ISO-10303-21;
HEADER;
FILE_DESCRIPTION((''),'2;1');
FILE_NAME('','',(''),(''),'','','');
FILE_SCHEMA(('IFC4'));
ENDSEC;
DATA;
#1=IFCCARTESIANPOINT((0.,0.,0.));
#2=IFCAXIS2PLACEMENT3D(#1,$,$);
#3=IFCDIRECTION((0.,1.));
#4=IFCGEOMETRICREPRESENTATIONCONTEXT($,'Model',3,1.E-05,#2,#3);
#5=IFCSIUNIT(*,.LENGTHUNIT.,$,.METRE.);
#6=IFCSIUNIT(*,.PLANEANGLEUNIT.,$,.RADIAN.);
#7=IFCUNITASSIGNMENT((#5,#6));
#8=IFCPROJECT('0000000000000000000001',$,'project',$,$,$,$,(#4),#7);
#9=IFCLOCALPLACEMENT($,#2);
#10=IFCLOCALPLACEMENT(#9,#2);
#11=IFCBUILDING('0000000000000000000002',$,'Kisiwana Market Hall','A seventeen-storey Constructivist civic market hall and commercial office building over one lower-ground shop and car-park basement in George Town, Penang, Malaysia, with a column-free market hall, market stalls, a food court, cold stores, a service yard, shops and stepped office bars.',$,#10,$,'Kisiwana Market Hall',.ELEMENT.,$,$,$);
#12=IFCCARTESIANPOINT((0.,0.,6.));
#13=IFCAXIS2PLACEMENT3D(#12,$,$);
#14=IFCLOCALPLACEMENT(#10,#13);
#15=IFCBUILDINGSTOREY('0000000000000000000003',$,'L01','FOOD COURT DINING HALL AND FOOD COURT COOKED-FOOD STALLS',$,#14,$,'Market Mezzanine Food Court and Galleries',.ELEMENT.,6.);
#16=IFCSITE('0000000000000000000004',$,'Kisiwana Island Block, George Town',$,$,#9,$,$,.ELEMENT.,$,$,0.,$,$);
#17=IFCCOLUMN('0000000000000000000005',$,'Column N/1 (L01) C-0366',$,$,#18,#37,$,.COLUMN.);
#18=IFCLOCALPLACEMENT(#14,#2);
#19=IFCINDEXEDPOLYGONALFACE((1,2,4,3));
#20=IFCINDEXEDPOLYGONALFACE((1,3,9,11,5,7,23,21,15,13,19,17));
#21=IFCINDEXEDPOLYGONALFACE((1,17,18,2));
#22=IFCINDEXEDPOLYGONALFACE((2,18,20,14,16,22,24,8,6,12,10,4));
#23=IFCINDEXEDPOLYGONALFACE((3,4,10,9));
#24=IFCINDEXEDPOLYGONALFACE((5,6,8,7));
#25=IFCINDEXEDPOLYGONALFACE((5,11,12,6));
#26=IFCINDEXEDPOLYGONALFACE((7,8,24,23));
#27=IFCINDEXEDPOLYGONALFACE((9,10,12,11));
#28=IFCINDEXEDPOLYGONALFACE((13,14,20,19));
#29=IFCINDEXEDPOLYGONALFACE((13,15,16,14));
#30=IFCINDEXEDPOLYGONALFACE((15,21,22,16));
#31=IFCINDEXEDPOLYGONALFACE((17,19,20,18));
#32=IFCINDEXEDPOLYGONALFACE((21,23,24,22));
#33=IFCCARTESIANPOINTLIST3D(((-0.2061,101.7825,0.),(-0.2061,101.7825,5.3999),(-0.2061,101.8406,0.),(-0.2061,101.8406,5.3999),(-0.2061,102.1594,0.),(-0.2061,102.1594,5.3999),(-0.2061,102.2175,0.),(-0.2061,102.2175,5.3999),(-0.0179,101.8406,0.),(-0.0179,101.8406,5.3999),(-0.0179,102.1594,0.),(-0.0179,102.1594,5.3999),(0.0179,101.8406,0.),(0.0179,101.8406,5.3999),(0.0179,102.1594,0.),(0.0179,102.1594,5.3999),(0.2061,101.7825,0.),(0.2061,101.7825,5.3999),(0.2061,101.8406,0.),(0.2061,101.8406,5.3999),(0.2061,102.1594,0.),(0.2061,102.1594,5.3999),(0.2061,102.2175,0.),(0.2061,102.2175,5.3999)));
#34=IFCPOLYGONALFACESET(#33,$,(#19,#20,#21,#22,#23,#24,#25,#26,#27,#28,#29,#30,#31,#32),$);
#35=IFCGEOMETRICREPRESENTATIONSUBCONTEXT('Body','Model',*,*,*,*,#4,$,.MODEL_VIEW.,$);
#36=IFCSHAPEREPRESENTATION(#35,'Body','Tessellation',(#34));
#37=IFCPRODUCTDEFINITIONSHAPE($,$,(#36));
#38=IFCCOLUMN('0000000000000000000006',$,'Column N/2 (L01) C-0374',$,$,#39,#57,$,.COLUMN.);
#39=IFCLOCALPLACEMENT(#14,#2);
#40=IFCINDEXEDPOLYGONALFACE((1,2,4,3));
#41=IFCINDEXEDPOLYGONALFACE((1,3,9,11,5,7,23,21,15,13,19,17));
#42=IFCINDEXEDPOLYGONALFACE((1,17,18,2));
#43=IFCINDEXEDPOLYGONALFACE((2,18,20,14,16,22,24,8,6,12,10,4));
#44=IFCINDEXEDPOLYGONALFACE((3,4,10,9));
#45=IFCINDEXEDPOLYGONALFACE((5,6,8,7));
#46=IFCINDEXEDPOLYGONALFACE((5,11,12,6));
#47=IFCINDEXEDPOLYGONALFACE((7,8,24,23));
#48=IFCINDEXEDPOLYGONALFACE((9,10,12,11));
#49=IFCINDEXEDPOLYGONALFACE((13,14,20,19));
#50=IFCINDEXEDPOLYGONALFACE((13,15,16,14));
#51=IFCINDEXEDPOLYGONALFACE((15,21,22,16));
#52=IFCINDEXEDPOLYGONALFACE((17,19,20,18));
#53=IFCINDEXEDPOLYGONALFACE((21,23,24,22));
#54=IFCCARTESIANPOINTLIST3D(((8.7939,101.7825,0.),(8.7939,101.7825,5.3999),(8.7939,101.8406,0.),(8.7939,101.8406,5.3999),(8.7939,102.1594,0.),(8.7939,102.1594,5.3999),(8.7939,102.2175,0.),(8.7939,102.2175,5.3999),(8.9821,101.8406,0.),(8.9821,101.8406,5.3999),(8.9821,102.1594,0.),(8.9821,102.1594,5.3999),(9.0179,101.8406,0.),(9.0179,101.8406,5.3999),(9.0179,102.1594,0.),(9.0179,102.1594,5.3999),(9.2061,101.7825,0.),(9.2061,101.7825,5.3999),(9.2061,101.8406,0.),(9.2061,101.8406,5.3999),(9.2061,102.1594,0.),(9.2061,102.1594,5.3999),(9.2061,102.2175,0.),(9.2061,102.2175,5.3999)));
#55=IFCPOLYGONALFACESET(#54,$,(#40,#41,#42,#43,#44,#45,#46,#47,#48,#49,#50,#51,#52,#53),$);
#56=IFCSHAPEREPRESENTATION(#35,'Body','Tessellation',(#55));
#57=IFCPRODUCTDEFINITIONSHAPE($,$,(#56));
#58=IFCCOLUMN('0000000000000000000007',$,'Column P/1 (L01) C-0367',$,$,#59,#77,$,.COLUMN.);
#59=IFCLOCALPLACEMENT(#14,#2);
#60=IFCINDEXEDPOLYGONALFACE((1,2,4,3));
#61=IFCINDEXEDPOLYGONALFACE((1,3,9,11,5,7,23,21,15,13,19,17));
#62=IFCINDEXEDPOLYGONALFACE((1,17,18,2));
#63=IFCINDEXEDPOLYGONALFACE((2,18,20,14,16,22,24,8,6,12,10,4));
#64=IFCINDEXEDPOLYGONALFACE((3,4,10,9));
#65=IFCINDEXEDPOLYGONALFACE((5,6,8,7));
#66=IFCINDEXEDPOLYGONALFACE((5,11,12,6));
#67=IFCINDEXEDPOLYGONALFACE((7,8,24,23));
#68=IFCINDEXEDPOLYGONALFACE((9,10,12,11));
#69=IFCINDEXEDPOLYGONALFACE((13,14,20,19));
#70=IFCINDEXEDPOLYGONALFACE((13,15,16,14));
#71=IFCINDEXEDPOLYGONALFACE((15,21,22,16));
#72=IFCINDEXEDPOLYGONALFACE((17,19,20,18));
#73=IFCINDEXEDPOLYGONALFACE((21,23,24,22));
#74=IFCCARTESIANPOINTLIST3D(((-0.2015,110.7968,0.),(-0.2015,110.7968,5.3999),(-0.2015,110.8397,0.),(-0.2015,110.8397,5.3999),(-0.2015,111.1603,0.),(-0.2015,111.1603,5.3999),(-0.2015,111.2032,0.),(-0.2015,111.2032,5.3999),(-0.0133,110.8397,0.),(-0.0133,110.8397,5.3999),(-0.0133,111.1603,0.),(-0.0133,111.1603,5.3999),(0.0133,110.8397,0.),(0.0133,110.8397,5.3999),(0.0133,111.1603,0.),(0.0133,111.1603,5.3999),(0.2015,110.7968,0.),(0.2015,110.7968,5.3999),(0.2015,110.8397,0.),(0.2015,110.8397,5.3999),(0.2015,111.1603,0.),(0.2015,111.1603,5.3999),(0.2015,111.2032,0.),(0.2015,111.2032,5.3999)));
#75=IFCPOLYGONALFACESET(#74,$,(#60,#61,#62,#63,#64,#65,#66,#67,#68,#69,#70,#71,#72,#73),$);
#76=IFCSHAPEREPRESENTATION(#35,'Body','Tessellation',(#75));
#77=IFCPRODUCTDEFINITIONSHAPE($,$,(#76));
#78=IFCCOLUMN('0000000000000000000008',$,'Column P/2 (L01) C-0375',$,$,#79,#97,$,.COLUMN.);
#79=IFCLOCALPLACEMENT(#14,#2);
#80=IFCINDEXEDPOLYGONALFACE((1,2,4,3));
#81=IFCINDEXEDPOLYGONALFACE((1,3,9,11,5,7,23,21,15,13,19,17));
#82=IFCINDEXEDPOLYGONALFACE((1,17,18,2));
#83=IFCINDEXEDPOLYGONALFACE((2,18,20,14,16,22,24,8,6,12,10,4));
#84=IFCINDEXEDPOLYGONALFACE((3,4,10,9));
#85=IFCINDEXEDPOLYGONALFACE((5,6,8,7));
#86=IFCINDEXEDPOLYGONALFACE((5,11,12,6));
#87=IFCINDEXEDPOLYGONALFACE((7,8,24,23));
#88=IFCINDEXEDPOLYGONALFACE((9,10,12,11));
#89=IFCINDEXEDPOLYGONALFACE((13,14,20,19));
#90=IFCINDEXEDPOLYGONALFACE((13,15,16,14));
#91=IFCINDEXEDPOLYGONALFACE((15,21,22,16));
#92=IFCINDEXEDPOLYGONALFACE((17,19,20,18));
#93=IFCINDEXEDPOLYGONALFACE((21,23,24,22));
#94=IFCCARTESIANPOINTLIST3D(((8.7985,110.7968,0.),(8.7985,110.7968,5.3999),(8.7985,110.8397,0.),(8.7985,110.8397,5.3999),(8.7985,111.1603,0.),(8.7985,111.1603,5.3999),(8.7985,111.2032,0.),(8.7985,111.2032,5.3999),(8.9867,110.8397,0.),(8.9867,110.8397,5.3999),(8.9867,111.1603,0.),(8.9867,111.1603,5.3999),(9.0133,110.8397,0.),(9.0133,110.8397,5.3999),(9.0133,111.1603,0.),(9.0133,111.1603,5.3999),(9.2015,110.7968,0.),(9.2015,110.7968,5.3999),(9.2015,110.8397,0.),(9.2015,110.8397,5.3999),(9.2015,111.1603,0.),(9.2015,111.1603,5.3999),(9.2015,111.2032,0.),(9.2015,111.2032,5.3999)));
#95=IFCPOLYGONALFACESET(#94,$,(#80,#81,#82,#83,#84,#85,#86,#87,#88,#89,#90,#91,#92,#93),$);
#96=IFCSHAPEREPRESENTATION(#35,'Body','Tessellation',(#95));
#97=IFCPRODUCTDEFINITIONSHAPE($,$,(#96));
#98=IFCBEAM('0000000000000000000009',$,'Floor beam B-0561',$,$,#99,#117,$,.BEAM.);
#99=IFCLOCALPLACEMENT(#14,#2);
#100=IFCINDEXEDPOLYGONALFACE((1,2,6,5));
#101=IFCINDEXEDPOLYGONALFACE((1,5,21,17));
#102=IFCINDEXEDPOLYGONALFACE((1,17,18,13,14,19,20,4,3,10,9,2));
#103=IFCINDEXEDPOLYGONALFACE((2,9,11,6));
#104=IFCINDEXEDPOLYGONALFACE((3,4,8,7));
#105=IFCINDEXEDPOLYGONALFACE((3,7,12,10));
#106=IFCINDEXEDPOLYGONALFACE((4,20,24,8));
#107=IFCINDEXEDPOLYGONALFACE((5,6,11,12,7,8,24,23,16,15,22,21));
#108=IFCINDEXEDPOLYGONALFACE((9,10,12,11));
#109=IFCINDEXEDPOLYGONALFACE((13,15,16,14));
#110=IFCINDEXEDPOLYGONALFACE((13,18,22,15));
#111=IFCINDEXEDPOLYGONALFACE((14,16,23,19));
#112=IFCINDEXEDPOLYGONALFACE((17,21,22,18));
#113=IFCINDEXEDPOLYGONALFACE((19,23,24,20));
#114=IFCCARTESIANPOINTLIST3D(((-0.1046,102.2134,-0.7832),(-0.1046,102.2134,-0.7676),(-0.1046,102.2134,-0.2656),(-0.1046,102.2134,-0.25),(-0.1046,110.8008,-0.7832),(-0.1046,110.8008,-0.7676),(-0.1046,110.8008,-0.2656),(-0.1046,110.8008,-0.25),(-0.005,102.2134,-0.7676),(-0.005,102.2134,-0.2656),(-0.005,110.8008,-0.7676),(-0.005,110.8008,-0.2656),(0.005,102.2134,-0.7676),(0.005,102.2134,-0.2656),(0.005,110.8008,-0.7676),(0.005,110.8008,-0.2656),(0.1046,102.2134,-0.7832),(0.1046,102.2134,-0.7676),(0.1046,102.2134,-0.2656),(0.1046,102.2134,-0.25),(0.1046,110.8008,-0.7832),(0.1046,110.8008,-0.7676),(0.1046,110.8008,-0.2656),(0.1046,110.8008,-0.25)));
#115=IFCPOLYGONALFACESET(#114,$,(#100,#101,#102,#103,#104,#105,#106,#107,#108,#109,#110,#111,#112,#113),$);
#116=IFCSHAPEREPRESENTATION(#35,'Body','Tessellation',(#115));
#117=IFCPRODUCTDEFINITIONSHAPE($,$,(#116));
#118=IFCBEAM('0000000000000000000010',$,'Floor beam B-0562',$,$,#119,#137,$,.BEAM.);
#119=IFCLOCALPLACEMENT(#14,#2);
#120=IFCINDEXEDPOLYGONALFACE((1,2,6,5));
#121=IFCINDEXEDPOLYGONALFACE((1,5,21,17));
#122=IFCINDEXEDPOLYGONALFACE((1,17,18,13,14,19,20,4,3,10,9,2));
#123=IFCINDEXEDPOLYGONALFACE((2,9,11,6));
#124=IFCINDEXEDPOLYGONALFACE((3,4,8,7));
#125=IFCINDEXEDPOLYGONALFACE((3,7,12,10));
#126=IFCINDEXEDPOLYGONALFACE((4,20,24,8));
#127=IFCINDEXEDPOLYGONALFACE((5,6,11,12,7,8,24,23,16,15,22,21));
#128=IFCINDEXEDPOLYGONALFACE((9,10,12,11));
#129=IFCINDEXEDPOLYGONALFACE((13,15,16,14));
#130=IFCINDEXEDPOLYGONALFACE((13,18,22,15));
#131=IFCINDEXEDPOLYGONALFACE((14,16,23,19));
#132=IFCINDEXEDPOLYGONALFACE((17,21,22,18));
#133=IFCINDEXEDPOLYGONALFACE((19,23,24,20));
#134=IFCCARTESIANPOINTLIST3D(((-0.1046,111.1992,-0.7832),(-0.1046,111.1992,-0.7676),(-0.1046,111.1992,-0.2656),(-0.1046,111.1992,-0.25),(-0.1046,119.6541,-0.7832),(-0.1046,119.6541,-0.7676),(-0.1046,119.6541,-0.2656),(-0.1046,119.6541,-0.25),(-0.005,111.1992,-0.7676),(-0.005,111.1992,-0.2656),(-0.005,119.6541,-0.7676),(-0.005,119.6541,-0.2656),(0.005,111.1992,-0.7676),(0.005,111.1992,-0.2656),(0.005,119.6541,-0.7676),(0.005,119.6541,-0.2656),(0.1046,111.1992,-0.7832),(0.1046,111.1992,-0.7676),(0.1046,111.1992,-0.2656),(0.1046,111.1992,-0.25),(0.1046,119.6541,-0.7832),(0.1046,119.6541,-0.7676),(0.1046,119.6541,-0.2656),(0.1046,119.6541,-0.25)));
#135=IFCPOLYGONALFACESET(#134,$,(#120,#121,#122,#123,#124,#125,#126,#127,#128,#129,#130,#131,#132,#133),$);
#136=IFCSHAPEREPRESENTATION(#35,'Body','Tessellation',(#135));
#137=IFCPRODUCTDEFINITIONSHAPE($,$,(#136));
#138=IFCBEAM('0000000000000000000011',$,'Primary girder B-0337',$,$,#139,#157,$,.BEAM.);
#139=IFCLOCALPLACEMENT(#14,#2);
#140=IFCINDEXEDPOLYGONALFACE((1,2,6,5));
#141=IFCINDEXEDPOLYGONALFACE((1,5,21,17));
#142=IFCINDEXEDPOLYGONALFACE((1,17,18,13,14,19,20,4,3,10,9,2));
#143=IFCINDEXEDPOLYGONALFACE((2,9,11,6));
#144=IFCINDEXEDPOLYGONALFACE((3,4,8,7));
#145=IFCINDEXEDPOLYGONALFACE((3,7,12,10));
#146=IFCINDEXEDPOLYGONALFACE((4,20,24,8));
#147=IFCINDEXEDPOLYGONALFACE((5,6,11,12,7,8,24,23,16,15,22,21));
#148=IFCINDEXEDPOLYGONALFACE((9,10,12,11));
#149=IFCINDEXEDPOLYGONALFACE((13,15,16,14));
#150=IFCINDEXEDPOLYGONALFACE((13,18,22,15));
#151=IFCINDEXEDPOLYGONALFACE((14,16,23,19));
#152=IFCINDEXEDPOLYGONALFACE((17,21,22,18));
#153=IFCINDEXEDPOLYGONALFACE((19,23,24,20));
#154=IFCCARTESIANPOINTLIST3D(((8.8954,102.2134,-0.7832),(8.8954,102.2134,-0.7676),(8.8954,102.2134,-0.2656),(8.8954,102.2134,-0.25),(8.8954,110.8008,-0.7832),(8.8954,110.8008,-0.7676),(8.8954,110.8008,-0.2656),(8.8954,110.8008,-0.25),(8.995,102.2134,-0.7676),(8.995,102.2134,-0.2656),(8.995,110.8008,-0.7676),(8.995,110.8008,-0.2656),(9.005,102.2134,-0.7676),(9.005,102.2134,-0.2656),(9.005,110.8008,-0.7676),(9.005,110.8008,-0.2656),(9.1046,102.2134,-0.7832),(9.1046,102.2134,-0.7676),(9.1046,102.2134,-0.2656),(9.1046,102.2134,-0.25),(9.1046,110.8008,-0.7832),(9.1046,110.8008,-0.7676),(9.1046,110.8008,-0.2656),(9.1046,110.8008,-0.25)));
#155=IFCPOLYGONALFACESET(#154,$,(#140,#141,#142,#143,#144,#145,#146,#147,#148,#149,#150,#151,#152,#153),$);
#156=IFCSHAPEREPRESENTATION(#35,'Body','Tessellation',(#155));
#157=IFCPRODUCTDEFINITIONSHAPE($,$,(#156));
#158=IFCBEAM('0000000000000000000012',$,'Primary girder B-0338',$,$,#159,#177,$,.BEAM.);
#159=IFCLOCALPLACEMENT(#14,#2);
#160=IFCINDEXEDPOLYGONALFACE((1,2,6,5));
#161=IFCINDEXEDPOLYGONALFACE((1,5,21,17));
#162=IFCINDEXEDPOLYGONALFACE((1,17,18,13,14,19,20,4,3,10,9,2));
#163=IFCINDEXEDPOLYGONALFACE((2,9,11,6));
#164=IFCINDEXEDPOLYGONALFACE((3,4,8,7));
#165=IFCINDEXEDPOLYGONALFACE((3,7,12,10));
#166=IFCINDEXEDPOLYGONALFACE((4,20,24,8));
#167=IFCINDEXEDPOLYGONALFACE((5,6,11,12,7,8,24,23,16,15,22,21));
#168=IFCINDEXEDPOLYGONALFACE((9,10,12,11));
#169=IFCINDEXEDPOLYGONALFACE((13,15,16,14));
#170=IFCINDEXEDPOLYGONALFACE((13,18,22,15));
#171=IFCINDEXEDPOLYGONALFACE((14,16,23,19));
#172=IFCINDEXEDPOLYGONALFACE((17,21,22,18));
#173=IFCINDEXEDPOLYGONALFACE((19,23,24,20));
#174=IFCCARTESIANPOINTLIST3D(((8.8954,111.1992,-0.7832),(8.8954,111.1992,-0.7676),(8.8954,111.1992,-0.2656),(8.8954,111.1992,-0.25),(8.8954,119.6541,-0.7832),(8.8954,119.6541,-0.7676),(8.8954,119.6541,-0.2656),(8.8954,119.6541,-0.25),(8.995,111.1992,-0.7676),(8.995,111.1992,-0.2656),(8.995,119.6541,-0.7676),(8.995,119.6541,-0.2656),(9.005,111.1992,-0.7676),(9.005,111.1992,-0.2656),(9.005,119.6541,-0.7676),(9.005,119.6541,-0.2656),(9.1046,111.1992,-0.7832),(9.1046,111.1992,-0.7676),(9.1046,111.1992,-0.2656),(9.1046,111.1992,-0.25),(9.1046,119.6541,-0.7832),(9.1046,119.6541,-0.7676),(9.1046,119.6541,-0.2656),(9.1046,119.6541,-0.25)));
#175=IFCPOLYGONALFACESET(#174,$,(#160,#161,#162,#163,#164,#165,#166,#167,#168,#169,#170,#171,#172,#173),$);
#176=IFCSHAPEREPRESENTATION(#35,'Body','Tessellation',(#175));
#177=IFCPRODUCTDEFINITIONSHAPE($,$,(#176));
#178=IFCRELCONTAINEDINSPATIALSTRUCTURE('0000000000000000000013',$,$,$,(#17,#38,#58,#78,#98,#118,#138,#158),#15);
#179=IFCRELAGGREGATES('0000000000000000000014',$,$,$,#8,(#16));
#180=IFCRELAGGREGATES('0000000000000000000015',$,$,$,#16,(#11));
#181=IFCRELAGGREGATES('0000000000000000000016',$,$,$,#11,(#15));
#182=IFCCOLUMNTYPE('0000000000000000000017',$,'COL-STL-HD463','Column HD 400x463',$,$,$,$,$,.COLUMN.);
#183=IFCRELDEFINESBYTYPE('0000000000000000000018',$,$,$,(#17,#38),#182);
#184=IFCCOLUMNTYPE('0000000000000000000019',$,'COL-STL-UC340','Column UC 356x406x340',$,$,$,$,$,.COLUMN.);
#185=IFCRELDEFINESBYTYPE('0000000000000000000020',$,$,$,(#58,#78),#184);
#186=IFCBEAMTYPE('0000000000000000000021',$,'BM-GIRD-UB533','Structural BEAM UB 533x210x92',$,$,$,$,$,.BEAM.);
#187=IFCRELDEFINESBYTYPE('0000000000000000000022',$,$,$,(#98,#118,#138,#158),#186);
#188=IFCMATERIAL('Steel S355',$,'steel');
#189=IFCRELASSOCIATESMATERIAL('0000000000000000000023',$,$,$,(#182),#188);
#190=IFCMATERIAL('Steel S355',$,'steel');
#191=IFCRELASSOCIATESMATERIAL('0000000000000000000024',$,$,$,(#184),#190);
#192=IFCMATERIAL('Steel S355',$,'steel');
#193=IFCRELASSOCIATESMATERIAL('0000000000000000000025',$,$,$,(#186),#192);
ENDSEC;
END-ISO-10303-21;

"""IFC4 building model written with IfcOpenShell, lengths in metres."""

from ifc_helpers import new_model, si_unit, direction, frame, origin, origin_2d, place, context, subcontext, project, spatial, i_section, extrude, material, material_profile, profile_set, type_object, element, save


model = new_model("IFC4")

# Units and contexts
model_context = context("Model", 3, precision=1e-05, world=origin(), true_north=direction((0.0, 1.0)))
body_context = subcontext(model_context, "Body", "Model", "MODEL_VIEW")
ifc_project = project(units=[si_unit("LENGTHUNIT", "METRE"), si_unit("PLANEANGLEUNIT", "RADIAN")], contexts=[model_context])

# Site, building, storey
site_placement = place(None, origin())
site = spatial("IfcSite", under=ifc_project, at=site_placement, Name="Kisiwana Island Block, George Town", CompositionType="ELEMENT", RefElevation=0.0)
building_placement = place(site_placement, origin())
building = spatial("IfcBuilding", under=site, at=building_placement, Name="Kisiwana Market Hall", Description="A seventeen-storey Constructivist civic market hall and commercial office building over one lower-ground shop and car-park basement in George Town, Penang, Malaysia, with a column-free market hall, market stalls, a food court, cold stores, a service yard, shops and stepped office bars.", LongName="Kisiwana Market Hall", CompositionType="ELEMENT")
storey_placement = place(building_placement, frame((0.0, 0.0, 6.0)))
storey = spatial("IfcBuildingStorey", under=building, at=storey_placement, Name="L01", Description="FOOD COURT DINING HALL AND FOOD COURT COOKED-FOOD STALLS", LongName="Market Mezzanine Food Court and Galleries", CompositionType="ELEMENT", Elevation=6.0)

# Columns
ifc_material_1 = material(Name="Steel S355", Category="steel")
ifc_material_profile_1 = material_profile(ifc_material_1, i_section(OverallWidth=0.4121, OverallDepth=0.4351, WebThickness=0.0359, FlangeThickness=0.0581, at=origin_2d()), Name="HD 400x463")
ifc_profile_set_1 = profile_set([ifc_material_profile_1], Name="Steel S355")
column_type_1 = type_object("IfcColumnType", Name="COL-STL-HD463", Description="Column HD 400x463", PredefinedType="COLUMN", material=ifc_profile_set_1)
for number, where, z_axis, x_axis, name in (
    (1, (0.0, 102.0, 0.0), (0.0, 0.0, 1.0), (1.0, 0.0, 0.0), "Column N/1 (L01) C-0366"),
    (2, (9.0, 102.0, 0.0), (0.0, 0.0, 1.0), (1.0, 0.0, 0.0), "Column N/2 (L01) C-0374"),
):
    element("IfcColumn", number, at=place(storey_placement, frame(where, z_axis=z_axis, x_axis=x_axis)), inside=storey, type_object=column_type_1, Name=name, PredefinedType="COLUMN", context=body_context, shape_type="SweptSolid", body=[
        extrude(i_section(OverallWidth=0.4121, OverallDepth=0.4351, WebThickness=0.0359, FlangeThickness=0.0581, at=origin_2d()), origin(), (0.0, 0.0, 1.0), 5.3999),
    ])
ifc_material_2 = material(Name="Steel S355", Category="steel")
ifc_material_profile_2 = material_profile(ifc_material_2, i_section(OverallWidth=0.4031, OverallDepth=0.4065, WebThickness=0.0266, FlangeThickness=0.043, at=origin_2d()), Name="UC 356x406x340")
ifc_profile_set_2 = profile_set([ifc_material_profile_2], Name="Steel S355")
column_type_2 = type_object("IfcColumnType", Name="COL-STL-UC340", Description="Column UC 356x406x340", PredefinedType="COLUMN", material=ifc_profile_set_2)
for number, where, z_axis, x_axis, name in (
    (3, (0.0, 111.0, 0.0), (0.0, 0.0, 1.0), (1.0, 0.0, 0.0), "Column P/1 (L01) C-0367"),
    (4, (9.0, 111.0, 0.0), (0.0, 0.0, 1.0), (1.0, 0.0, 0.0), "Column P/2 (L01) C-0375"),
):
    element("IfcColumn", number, at=place(storey_placement, frame(where, z_axis=z_axis, x_axis=x_axis)), inside=storey, type_object=column_type_2, Name=name, PredefinedType="COLUMN", context=body_context, shape_type="SweptSolid", body=[
        extrude(i_section(OverallWidth=0.4031, OverallDepth=0.4065, WebThickness=0.0266, FlangeThickness=0.043, at=origin_2d()), origin(), (0.0, 0.0, 1.0), 5.3999),
    ])

# Beams
ifc_material_3 = material(Name="Steel S355", Category="steel")
ifc_material_profile_3 = material_profile(ifc_material_3, i_section(OverallWidth=0.2092, OverallDepth=0.5332, WebThickness=0.01, FlangeThickness=0.0156, at=origin_2d()), Name="UB 533x210x92")
ifc_profile_set_3 = profile_set([ifc_material_profile_3], Name="Steel S355")
beam_type_1 = type_object("IfcBeamType", Name="BM-GIRD-UB533", Description="Structural BEAM UB 533x210x92", PredefinedType="BEAM", material=ifc_profile_set_3)
beam_1_placement = place(storey_placement, frame((0.0, 102.2134, -0.5166), z_axis=(0.0, 1.0, 0.0), x_axis=(-1.0, 0.0, 0.0)))
element("IfcBeam", 5, at=beam_1_placement, inside=storey, type_object=beam_type_1, Name="Floor beam B-0561", PredefinedType="BEAM", context=body_context, shape_type="SweptSolid", body=[
    extrude(i_section(OverallWidth=0.2092, OverallDepth=0.5332, WebThickness=0.01, FlangeThickness=0.0156, at=origin_2d()), origin(), (0.0, 0.0, 1.0), 8.5874),
])
beam_2_placement = place(storey_placement, frame((0.0, 111.1992, -0.5166), z_axis=(0.0, 1.0, 0.0), x_axis=(-1.0, 0.0, 0.0)))
element("IfcBeam", 6, at=beam_2_placement, inside=storey, type_object=beam_type_1, Name="Floor beam B-0562", PredefinedType="BEAM", context=body_context, shape_type="SweptSolid", body=[
    extrude(i_section(OverallWidth=0.2092, OverallDepth=0.5332, WebThickness=0.01, FlangeThickness=0.0156, at=origin_2d()), origin(), (0.0, 0.0, 1.0), 8.4548),
])
beam_3_placement = place(storey_placement, frame((9.0, 102.2134, -0.5166), z_axis=(0.0, 1.0, 0.0), x_axis=(-1.0, 0.0, 0.0)))
element("IfcBeam", 7, at=beam_3_placement, inside=storey, type_object=beam_type_1, Name="Primary girder B-0337", PredefinedType="BEAM", context=body_context, shape_type="SweptSolid", body=[
    extrude(i_section(OverallWidth=0.2092, OverallDepth=0.5332, WebThickness=0.01, FlangeThickness=0.0156, at=origin_2d()), origin(), (0.0, 0.0, 1.0), 8.5874),
])
beam_4_placement = place(storey_placement, frame((9.0, 111.1992, -0.5166), z_axis=(0.0, 1.0, 0.0), x_axis=(-1.0, 0.0, 0.0)))
element("IfcBeam", 8, at=beam_4_placement, inside=storey, type_object=beam_type_1, Name="Primary girder B-0338", PredefinedType="BEAM", context=body_context, shape_type="SweptSolid", body=[
    extrude(i_section(OverallWidth=0.2092, OverallDepth=0.5332, WebThickness=0.01, FlangeThickness=0.0156, at=origin_2d()), origin(), (0.0, 0.0, 1.0), 8.4548),
])

save(model, "model.ifc")
